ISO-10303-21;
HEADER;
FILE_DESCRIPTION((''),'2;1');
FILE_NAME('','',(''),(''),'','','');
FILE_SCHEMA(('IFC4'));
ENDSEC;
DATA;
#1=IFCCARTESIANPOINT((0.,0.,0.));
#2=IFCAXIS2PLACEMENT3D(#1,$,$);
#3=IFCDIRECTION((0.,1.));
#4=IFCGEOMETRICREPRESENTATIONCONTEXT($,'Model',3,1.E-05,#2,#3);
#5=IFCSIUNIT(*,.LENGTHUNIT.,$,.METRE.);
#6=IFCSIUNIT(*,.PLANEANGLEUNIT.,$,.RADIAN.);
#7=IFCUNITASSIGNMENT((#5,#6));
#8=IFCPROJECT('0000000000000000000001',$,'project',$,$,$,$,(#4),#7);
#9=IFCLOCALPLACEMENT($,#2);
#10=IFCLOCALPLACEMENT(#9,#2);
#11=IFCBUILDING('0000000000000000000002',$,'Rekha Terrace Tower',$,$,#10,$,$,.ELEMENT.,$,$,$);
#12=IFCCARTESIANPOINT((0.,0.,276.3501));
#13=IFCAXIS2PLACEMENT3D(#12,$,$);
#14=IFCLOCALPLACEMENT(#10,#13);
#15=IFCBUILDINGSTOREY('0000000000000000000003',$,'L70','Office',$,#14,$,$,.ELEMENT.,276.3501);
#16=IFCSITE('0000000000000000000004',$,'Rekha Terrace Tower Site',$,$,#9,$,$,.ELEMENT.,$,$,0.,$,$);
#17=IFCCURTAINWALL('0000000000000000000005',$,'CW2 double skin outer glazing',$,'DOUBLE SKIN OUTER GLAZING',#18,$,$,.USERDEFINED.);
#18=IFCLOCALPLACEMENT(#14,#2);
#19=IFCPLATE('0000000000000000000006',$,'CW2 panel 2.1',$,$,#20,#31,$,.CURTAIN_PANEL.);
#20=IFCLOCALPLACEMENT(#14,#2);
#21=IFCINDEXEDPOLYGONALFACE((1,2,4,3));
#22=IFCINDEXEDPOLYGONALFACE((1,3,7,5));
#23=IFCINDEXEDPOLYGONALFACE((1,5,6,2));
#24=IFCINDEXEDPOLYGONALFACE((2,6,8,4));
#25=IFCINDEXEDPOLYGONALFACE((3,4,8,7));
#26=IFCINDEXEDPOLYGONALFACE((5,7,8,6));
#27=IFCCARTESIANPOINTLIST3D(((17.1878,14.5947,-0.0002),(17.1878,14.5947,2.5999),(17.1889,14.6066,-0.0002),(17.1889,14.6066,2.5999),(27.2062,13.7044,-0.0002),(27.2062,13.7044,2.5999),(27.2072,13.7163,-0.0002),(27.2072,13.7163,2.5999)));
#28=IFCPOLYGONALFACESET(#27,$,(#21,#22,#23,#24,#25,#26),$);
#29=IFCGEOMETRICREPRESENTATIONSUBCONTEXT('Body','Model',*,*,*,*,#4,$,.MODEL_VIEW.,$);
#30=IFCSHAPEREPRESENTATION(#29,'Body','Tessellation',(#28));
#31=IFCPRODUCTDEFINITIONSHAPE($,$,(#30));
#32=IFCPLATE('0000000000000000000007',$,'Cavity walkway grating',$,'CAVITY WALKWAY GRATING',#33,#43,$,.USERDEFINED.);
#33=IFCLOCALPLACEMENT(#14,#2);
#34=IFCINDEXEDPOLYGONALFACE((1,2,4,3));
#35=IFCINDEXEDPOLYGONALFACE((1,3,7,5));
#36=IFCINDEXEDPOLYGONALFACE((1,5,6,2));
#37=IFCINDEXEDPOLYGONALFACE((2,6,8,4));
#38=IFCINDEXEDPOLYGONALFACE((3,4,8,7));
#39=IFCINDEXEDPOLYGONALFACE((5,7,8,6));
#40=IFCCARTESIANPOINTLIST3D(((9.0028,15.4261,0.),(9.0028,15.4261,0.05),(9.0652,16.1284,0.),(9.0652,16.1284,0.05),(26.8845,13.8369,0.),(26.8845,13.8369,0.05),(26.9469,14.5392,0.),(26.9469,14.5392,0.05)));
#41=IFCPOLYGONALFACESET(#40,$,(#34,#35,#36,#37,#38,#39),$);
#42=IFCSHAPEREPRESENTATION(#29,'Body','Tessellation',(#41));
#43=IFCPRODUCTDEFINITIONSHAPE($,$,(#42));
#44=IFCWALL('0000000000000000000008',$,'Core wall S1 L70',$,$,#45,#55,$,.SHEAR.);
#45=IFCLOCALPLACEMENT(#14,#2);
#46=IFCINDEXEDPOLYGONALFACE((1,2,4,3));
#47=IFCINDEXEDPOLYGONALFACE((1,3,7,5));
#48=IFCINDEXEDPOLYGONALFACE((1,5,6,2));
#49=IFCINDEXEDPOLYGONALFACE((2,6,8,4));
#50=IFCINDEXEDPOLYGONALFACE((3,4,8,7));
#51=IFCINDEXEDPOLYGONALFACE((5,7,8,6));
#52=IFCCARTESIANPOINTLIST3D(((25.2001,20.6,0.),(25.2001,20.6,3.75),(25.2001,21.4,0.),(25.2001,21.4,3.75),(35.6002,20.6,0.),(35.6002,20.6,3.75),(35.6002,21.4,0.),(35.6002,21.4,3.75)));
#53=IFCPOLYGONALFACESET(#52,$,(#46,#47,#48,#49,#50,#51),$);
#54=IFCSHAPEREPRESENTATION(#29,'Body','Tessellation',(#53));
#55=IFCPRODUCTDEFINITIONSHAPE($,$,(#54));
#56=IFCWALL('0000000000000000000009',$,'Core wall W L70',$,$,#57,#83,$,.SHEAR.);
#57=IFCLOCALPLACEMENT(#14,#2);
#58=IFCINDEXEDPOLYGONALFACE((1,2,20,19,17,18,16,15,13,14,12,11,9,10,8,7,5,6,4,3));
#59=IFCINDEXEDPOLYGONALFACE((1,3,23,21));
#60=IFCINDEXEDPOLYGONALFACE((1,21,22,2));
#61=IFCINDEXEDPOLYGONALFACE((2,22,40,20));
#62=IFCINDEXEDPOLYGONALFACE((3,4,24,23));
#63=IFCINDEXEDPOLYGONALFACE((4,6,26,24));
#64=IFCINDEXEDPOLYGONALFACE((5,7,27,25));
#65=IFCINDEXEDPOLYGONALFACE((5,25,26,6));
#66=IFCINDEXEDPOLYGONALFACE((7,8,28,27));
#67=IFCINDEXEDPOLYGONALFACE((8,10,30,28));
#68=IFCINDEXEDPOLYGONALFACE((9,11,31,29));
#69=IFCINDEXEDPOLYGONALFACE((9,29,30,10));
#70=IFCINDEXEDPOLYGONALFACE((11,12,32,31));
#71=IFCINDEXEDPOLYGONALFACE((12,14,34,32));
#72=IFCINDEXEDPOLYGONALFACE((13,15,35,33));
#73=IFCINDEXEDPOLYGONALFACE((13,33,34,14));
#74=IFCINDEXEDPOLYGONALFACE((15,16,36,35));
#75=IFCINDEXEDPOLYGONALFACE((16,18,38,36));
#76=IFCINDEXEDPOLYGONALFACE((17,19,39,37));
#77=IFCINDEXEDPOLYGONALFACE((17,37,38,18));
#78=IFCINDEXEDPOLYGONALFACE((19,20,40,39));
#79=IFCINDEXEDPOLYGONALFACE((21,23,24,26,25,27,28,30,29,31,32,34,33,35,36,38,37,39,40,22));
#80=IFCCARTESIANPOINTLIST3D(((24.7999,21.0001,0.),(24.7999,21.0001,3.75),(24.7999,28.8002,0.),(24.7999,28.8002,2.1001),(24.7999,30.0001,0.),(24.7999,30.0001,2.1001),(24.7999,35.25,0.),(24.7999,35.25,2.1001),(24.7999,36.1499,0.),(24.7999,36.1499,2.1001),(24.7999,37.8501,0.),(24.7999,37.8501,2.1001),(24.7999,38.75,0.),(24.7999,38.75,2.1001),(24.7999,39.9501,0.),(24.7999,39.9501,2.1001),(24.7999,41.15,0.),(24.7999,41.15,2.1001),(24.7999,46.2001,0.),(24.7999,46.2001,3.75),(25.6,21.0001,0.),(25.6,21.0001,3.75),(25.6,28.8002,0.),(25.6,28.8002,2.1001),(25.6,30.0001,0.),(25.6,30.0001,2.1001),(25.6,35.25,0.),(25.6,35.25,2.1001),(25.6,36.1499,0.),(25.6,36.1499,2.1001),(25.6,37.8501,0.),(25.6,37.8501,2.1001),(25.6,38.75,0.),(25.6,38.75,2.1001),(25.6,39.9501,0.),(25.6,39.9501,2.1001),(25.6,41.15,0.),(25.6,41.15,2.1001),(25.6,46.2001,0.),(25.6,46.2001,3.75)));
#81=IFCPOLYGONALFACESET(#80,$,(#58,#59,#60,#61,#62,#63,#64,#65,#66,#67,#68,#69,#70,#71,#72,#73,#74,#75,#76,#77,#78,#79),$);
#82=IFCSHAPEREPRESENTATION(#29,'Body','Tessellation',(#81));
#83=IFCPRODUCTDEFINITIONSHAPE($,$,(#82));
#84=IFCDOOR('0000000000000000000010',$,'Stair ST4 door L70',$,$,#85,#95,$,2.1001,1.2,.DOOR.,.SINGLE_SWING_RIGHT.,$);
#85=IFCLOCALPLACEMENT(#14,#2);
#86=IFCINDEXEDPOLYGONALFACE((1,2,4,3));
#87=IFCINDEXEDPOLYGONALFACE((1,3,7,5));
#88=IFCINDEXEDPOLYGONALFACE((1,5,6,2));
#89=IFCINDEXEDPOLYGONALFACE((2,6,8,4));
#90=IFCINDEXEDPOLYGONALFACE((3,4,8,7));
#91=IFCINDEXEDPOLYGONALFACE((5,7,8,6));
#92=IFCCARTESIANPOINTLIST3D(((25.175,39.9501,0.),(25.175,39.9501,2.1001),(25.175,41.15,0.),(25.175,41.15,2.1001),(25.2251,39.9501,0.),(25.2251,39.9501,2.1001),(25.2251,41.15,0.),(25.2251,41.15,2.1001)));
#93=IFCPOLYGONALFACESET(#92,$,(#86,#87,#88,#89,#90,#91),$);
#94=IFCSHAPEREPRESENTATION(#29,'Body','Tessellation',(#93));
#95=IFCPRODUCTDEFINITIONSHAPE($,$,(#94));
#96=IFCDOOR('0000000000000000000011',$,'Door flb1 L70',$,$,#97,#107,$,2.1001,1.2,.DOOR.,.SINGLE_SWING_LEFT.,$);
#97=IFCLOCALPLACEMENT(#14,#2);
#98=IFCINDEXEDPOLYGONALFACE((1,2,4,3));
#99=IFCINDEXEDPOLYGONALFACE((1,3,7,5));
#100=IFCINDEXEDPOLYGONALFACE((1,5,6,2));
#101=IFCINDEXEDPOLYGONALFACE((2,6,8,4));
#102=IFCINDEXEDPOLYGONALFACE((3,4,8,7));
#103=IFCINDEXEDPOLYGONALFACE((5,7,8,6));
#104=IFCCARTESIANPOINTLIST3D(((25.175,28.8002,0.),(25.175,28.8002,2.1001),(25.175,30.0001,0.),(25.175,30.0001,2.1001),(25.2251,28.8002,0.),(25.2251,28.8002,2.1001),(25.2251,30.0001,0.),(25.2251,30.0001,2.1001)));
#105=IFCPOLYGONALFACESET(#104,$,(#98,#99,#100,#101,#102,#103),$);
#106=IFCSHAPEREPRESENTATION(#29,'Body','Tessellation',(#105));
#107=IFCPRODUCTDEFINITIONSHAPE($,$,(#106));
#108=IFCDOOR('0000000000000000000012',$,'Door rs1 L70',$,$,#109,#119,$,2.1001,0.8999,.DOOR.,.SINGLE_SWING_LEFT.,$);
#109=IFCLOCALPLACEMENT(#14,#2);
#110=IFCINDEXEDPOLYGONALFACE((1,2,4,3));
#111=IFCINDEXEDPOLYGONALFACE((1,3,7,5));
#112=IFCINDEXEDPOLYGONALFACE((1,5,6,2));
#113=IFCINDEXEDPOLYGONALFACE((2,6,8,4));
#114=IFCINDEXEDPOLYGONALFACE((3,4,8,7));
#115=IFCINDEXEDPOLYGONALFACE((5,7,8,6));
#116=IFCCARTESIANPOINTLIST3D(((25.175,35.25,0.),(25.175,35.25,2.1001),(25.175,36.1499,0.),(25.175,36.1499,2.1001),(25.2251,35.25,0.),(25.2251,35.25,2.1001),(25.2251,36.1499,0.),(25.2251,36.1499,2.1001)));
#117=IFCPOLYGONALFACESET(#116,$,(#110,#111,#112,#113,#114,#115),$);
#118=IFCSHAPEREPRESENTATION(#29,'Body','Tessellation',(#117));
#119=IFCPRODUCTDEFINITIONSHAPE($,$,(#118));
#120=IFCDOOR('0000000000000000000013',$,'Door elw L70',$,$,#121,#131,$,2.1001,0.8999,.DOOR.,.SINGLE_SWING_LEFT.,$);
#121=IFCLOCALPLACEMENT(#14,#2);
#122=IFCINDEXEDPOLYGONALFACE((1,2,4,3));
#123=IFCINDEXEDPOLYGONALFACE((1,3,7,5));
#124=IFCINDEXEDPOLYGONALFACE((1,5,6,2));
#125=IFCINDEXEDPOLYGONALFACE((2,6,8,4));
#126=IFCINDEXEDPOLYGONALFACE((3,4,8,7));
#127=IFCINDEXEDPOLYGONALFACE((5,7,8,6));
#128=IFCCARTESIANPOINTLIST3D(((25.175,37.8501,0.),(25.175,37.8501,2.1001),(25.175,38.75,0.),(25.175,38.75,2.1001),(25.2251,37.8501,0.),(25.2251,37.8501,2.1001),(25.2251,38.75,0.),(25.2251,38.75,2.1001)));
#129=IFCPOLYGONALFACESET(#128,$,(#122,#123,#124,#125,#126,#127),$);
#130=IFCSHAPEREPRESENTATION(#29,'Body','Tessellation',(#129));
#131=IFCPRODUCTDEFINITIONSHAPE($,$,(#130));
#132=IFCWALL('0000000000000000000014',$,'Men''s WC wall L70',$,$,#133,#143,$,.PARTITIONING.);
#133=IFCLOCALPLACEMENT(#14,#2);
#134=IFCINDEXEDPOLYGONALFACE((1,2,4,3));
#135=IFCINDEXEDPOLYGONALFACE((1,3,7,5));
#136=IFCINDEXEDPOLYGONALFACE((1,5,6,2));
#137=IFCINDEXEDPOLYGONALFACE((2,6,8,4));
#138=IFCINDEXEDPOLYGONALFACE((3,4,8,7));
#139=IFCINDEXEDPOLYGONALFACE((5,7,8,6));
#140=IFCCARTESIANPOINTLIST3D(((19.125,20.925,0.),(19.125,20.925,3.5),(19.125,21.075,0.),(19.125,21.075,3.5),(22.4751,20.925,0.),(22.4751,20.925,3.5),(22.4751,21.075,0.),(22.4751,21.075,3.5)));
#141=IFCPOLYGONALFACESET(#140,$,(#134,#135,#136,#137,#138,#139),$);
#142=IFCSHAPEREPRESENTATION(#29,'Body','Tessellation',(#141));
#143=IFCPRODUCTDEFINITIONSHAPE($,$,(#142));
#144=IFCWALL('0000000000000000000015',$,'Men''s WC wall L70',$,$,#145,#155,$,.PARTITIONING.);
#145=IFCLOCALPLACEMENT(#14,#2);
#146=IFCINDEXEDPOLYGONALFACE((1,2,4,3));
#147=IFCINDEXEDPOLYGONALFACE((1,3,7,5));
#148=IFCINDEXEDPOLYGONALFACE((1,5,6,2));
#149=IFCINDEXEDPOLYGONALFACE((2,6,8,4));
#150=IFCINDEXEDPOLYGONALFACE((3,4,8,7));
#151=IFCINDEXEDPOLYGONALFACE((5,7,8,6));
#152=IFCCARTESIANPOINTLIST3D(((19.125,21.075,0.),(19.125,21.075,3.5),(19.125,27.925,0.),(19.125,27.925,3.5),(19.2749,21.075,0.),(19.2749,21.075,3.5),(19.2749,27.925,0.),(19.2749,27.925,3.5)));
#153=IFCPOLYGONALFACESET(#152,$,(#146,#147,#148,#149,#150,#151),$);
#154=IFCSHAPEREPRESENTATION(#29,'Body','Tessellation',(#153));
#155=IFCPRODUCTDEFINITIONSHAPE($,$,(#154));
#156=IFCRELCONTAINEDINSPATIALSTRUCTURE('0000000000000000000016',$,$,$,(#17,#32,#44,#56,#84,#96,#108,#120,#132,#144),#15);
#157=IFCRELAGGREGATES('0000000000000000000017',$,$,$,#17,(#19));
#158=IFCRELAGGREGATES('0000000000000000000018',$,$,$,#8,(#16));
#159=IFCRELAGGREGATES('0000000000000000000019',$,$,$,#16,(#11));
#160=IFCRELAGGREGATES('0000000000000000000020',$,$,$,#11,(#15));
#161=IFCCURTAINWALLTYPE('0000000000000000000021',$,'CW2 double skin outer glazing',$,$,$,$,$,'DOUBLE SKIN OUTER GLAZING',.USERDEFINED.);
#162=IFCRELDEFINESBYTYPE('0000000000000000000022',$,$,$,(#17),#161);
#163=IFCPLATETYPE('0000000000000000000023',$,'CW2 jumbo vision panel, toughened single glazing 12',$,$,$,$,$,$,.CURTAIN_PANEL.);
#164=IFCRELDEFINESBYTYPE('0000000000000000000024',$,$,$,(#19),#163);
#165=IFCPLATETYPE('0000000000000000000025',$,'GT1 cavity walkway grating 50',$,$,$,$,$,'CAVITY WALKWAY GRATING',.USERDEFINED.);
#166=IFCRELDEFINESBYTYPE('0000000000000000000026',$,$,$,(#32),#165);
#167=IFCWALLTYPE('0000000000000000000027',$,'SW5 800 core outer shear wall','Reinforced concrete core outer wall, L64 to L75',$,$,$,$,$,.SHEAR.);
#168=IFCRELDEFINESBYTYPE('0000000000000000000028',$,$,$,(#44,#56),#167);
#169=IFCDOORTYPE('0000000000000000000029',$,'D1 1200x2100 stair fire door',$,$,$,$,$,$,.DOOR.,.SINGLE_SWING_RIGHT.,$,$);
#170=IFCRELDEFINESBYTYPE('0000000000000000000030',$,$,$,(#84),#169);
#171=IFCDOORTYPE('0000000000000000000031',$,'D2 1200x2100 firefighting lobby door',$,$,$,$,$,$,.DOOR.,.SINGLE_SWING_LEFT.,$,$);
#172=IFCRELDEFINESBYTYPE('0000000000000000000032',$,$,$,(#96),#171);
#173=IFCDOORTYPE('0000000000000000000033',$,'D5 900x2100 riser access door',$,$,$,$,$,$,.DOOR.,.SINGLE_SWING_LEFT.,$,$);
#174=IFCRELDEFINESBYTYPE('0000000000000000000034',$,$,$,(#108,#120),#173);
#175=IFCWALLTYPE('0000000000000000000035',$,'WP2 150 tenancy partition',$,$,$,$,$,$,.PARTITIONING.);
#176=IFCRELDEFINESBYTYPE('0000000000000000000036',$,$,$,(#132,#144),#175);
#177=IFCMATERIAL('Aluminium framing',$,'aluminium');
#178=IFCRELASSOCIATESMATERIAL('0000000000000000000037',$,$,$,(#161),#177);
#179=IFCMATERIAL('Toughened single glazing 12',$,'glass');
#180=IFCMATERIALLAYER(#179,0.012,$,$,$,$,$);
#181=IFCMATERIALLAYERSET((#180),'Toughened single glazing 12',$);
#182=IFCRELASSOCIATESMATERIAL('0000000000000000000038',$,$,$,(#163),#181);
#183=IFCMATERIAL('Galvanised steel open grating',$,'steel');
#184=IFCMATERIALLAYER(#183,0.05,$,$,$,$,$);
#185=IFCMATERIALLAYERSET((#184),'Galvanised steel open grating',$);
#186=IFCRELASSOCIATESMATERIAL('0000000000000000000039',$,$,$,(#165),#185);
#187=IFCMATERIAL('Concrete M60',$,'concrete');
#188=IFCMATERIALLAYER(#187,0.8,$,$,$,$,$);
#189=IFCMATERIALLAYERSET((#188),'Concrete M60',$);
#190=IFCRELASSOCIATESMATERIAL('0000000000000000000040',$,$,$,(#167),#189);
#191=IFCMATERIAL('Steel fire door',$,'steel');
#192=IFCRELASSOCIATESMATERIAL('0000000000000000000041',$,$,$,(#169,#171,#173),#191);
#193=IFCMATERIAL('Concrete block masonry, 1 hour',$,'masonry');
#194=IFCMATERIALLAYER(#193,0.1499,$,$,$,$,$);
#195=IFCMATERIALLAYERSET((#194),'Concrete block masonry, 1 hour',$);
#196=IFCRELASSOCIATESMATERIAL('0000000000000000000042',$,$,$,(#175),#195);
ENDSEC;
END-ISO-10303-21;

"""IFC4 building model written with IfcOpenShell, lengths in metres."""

from ifc_helpers import new_model, si_unit, direction, frame, frame_2d, origin, origin_2d, place, context, subcontext, project, spatial, rectangle, extrude, material, layer, layer_set, type_object, element, fill, aggregate, save


model = new_model("IFC4")

# Units and contexts
model_context = context("Model", 3, precision=1e-05, world=origin(), true_north=direction((0.0, 1.0)))
body_context = subcontext(model_context, "Body", "Model", "MODEL_VIEW")
ifc_project = project(units=[si_unit("LENGTHUNIT", "METRE"), si_unit("PLANEANGLEUNIT", "RADIAN")], contexts=[model_context])

# Site, building, storey
site_placement = place(None, origin())
site = spatial("IfcSite", under=ifc_project, at=site_placement, Name="Rekha Terrace Tower Site", CompositionType="ELEMENT", RefElevation=0.0)
building_placement = place(site_placement, origin())
building = spatial("IfcBuilding", under=site, at=building_placement, Name="Rekha Terrace Tower", CompositionType="ELEMENT")
storey_placement = place(building_placement, frame((0.0, 0.0, 276.3501)))
storey = spatial("IfcBuildingStorey", under=building, at=storey_placement, Name="L70", Description="Office", CompositionType="ELEMENT", Elevation=276.3501)

# Shared definitions
ifc_material_1 = material(Name="Aluminium framing", Category="aluminium")

# Curtain wall
curtain_wall_type_1 = type_object("IfcCurtainWallType", Name="CW2 double skin outer glazing", ElementType="DOUBLE SKIN OUTER GLAZING", PredefinedType="USERDEFINED", material=ifc_material_1)
curtain_wall_1_placement = place(storey_placement, origin())
curtain_wall_1 = element("IfcCurtainWall", 1, at=curtain_wall_1_placement, inside=storey, type_object=curtain_wall_type_1, Name="CW2 double skin outer glazing", ObjectType="DOUBLE SKIN OUTER GLAZING", PredefinedType="USERDEFINED")

# Plates
ifc_material_2 = material(Name="Toughened single glazing 12", Category="glass")
ifc_layer_1 = layer(ifc_material_2, 0.012)
ifc_layer_set_1 = layer_set([ifc_layer_1], Name="Toughened single glazing 12")
plate_type_1 = type_object("IfcPlateType", Name="CW2 jumbo vision panel, toughened single glazing 12", PredefinedType="CURTAIN_PANEL", material=ifc_layer_set_1)
plate_1_placement = place(storey_placement, frame((22.1975, 14.1555, -0.0002), z_axis=(0.0, 0.0, 1.0), x_axis=(0.996074, -0.088522, 0.0)))
plate_1 = element("IfcPlate", 2, at=plate_1_placement, type_object=plate_type_1, Name="CW2 panel 2.1", PredefinedType="CURTAIN_PANEL", context=body_context, shape_type="SweptSolid", body=[
    extrude(rectangle(XDim=10.0579, YDim=0.012, at=origin_2d()), origin(), (0.0, 0.0, 1.0), 2.6001),
])
aggregate(curtain_wall_1, [plate_1])
ifc_material_3 = material(Name="Galvanised steel open grating", Category="steel")
ifc_layer_2 = layer(ifc_material_3, 0.05)
ifc_layer_set_2 = layer_set([ifc_layer_2], Name="Galvanised steel open grating")
plate_type_2 = type_object("IfcPlateType", Name="GT1 cavity walkway grating 50", ElementType="CAVITY WALKWAY GRATING", PredefinedType="USERDEFINED", material=ifc_layer_set_2)
plate_2_placement = place(storey_placement, frame((17.9749, 14.9827, 0.0), z_axis=(0.0, 0.0, 1.0), x_axis=(0.996074, -0.088522, 0.0)))
element("IfcPlate", 3, at=plate_2_placement, inside=storey, type_object=plate_type_2, Name="Cavity walkway grating", ObjectType="CAVITY WALKWAY GRATING", PredefinedType="USERDEFINED", context=body_context, shape_type="SweptSolid", body=[
    extrude(rectangle(XDim=17.9521, YDim=0.7051, at=origin_2d()), origin(), (0.0, 0.0, 1.0), 0.05),
])

# Wall
ifc_material_4 = material(Name="Concrete M60", Category="concrete")
ifc_layer_3 = layer(ifc_material_4, 0.8)
ifc_layer_set_3 = layer_set([ifc_layer_3], Name="Concrete M60")
wall_type_1 = type_object("IfcWallType", Name="SW5 800 core outer shear wall", Description="Reinforced concrete core outer wall, L64 to L75", PredefinedType="SHEAR", material=ifc_layer_set_3)
wall_1_placement = place(storey_placement, frame((25.2, 21.0, 0.0), z_axis=(0.0, 0.0, 1.0), x_axis=(1.0, 0.0, 0.0)))
element("IfcWall", 4, at=wall_1_placement, inside=storey, type_object=wall_type_1, Name="Core wall S1 L70", PredefinedType="SHEAR", context=body_context, shape_type="SweptSolid", body=[
    extrude(rectangle(XDim=10.4001, YDim=0.8, at=frame_2d((5.2002, 0.0))), origin(), (0.0, 0.0, 1.0), 3.75),
])

# Wall, openings, doors
wall_2_placement = place(storey_placement, frame((25.2, 21.0, 0.0), z_axis=(0.0, 0.0, 1.0), x_axis=(0.0, 1.0, 0.0)))
wall_2 = element("IfcWall", 5, at=wall_2_placement, inside=storey, type_object=wall_type_1, Name="Core wall W L70", PredefinedType="SHEAR", context=body_context, shape_type="SweptSolid", body=[
    extrude(rectangle(XDim=25.2, YDim=0.8, at=frame_2d((12.6001, 0.0))), origin(), (0.0, 0.0, 1.0), 3.75),
])
opening_1_placement = place(wall_2_placement, frame((7.8, 0.0, 0.0)))
opening_1 = element("IfcOpeningElement", 6, at=opening_1_placement, cuts=wall_2, PredefinedType="OPENING", context=body_context, shape_type="SweptSolid", body=[
    extrude(rectangle(XDim=1.2, YDim=2.1001, at=frame_2d((0.6001, 1.05))), frame((0.0, 0.4099, 0.0), z_axis=(0.0, -1.0, 0.0), x_axis=(1.0, 0.0, 0.0)), (0.0, 0.0, 1.0), 0.8201),
])
opening_2_placement = place(wall_2_placement, frame((14.25, 0.0, 0.0)))
opening_2 = element("IfcOpeningElement", 7, at=opening_2_placement, cuts=wall_2, PredefinedType="OPENING", context=body_context, shape_type="SweptSolid", body=[
    extrude(rectangle(XDim=0.8999, YDim=2.1001, at=frame_2d((0.45, 1.05))), frame((0.0, 0.4099, 0.0), z_axis=(0.0, -1.0, 0.0), x_axis=(1.0, 0.0, 0.0)), (0.0, 0.0, 1.0), 0.8201),
])
opening_3_placement = place(wall_2_placement, frame((16.8501, 0.0, 0.0)))
opening_3 = element("IfcOpeningElement", 8, at=opening_3_placement, cuts=wall_2, PredefinedType="OPENING", context=body_context, shape_type="SweptSolid", body=[
    extrude(rectangle(XDim=0.8999, YDim=2.1001, at=frame_2d((0.45, 1.05))), frame((0.0, 0.4099, 0.0), z_axis=(0.0, -1.0, 0.0), x_axis=(1.0, 0.0, 0.0)), (0.0, 0.0, 1.0), 0.8201),
])
opening_4_placement = place(wall_2_placement, frame((18.95, 0.0, 0.0)))
opening_4 = element("IfcOpeningElement", 9, at=opening_4_placement, cuts=wall_2, PredefinedType="OPENING", context=body_context, shape_type="SweptSolid", body=[
    extrude(rectangle(XDim=1.2, YDim=2.1001, at=frame_2d((0.6001, 1.05))), frame((0.0, 0.4099, 0.0), z_axis=(0.0, -1.0, 0.0), x_axis=(1.0, 0.0, 0.0)), (0.0, 0.0, 1.0), 0.8201),
])
ifc_material_5 = material(Name="Steel fire door", Category="steel")
door_type_1 = type_object("IfcDoorType", Name="D1 1200x2100 stair fire door", OperationType="SINGLE_SWING_RIGHT", PredefinedType="DOOR", material=ifc_material_5)
door_1_placement = place(opening_4_placement, origin())
door_1 = element("IfcDoor", 10, at=door_1_placement, inside=storey, type_object=door_type_1, Name="Stair ST4 door L70", OperationType="SINGLE_SWING_RIGHT", OverallHeight=2.1001, OverallWidth=1.2, PredefinedType="DOOR", context=body_context, shape_type="SweptSolid", body=[
    extrude(rectangle(XDim=1.2, YDim=2.1001, at=frame_2d((0.6001, 1.05))), frame((0.0, 0.0249, 0.0), z_axis=(0.0, -1.0, 0.0), x_axis=(1.0, 0.0, 0.0)), (0.0, 0.0, 1.0), 0.05),
])
fill(opening_4, door_1)
door_type_2 = type_object("IfcDoorType", Name="D2 1200x2100 firefighting lobby door", OperationType="SINGLE_SWING_LEFT", PredefinedType="DOOR", material=ifc_material_5)
door_2_placement = place(opening_1_placement, origin())
door_2 = element("IfcDoor", 11, at=door_2_placement, inside=storey, type_object=door_type_2, Name="Door flb1 L70", OperationType="SINGLE_SWING_LEFT", OverallHeight=2.1001, OverallWidth=1.2, PredefinedType="DOOR", context=body_context, shape_type="SweptSolid", body=[
    extrude(rectangle(XDim=1.2, YDim=2.1001, at=frame_2d((0.6001, 1.05))), frame((0.0, 0.0249, 0.0), z_axis=(0.0, -1.0, 0.0), x_axis=(1.0, 0.0, 0.0)), (0.0, 0.0, 1.0), 0.05),
])
fill(opening_1, door_2)
door_type_3 = type_object("IfcDoorType", Name="D5 900x2100 riser access door", OperationType="SINGLE_SWING_LEFT", PredefinedType="DOOR", material=ifc_material_5)
door_3_placement = place(opening_2_placement, origin())
door_3 = element("IfcDoor", 12, at=door_3_placement, inside=storey, type_object=door_type_3, Name="Door rs1 L70", OperationType="SINGLE_SWING_LEFT", OverallHeight=2.1001, OverallWidth=0.8999, PredefinedType="DOOR", context=body_context, shape_type="SweptSolid", body=[
    extrude(rectangle(XDim=0.8999, YDim=2.1001, at=frame_2d((0.45, 1.05))), frame((0.0, 0.0249, 0.0), z_axis=(0.0, -1.0, 0.0), x_axis=(1.0, 0.0, 0.0)), (0.0, 0.0, 1.0), 0.05),
])
fill(opening_2, door_3)
door_4_placement = place(opening_3_placement, origin())
door_4 = element("IfcDoor", 13, at=door_4_placement, inside=storey, type_object=door_type_3, Name="Door elw L70", OperationType="SINGLE_SWING_LEFT", OverallHeight=2.1001, OverallWidth=0.8999, PredefinedType="DOOR", context=body_context, shape_type="SweptSolid", body=[
    extrude(rectangle(XDim=0.8999, YDim=2.1001, at=frame_2d((0.45, 1.05))), frame((0.0, 0.0249, 0.0), z_axis=(0.0, -1.0, 0.0), x_axis=(1.0, 0.0, 0.0)), (0.0, 0.0, 1.0), 0.05),
])
fill(opening_3, door_4)

# Walls
ifc_material_6 = material(Name="Concrete block masonry, 1 hour", Category="masonry")
ifc_layer_4 = layer(ifc_material_6, 0.1499)
ifc_layer_set_4 = layer_set([ifc_layer_4], Name="Concrete block masonry, 1 hour")
wall_type_2 = type_object("IfcWallType", Name="WP2 150 tenancy partition", PredefinedType="PARTITIONING", material=ifc_layer_set_4)
wall_3_placement = place(storey_placement, frame((19.125, 21.0, 0.0), z_axis=(0.0, 0.0, 1.0), x_axis=(1.0, 0.0, 0.0)))
element("IfcWall", 14, at=wall_3_placement, inside=storey, type_object=wall_type_2, Name="Men's WC wall L70", PredefinedType="PARTITIONING", context=body_context, shape_type="SweptSolid", body=[
    extrude(rectangle(XDim=3.3501, YDim=0.1499, at=frame_2d((1.675, 0.0))), origin(), (0.0, 0.0, 1.0), 3.5),
])
wall_4_placement = place(storey_placement, frame((19.2, 21.075, 0.0), z_axis=(0.0, 0.0, 1.0), x_axis=(0.0, 1.0, 0.0)))
element("IfcWall", 15, at=wall_4_placement, inside=storey, type_object=wall_type_2, Name="Men's WC wall L70", PredefinedType="PARTITIONING", context=body_context, shape_type="SweptSolid", body=[
    extrude(rectangle(XDim=6.8501, YDim=0.1499, at=frame_2d((3.425, 0.0))), origin(), (0.0, 0.0, 1.0), 3.5),
])

save(model, "model.ifc")
